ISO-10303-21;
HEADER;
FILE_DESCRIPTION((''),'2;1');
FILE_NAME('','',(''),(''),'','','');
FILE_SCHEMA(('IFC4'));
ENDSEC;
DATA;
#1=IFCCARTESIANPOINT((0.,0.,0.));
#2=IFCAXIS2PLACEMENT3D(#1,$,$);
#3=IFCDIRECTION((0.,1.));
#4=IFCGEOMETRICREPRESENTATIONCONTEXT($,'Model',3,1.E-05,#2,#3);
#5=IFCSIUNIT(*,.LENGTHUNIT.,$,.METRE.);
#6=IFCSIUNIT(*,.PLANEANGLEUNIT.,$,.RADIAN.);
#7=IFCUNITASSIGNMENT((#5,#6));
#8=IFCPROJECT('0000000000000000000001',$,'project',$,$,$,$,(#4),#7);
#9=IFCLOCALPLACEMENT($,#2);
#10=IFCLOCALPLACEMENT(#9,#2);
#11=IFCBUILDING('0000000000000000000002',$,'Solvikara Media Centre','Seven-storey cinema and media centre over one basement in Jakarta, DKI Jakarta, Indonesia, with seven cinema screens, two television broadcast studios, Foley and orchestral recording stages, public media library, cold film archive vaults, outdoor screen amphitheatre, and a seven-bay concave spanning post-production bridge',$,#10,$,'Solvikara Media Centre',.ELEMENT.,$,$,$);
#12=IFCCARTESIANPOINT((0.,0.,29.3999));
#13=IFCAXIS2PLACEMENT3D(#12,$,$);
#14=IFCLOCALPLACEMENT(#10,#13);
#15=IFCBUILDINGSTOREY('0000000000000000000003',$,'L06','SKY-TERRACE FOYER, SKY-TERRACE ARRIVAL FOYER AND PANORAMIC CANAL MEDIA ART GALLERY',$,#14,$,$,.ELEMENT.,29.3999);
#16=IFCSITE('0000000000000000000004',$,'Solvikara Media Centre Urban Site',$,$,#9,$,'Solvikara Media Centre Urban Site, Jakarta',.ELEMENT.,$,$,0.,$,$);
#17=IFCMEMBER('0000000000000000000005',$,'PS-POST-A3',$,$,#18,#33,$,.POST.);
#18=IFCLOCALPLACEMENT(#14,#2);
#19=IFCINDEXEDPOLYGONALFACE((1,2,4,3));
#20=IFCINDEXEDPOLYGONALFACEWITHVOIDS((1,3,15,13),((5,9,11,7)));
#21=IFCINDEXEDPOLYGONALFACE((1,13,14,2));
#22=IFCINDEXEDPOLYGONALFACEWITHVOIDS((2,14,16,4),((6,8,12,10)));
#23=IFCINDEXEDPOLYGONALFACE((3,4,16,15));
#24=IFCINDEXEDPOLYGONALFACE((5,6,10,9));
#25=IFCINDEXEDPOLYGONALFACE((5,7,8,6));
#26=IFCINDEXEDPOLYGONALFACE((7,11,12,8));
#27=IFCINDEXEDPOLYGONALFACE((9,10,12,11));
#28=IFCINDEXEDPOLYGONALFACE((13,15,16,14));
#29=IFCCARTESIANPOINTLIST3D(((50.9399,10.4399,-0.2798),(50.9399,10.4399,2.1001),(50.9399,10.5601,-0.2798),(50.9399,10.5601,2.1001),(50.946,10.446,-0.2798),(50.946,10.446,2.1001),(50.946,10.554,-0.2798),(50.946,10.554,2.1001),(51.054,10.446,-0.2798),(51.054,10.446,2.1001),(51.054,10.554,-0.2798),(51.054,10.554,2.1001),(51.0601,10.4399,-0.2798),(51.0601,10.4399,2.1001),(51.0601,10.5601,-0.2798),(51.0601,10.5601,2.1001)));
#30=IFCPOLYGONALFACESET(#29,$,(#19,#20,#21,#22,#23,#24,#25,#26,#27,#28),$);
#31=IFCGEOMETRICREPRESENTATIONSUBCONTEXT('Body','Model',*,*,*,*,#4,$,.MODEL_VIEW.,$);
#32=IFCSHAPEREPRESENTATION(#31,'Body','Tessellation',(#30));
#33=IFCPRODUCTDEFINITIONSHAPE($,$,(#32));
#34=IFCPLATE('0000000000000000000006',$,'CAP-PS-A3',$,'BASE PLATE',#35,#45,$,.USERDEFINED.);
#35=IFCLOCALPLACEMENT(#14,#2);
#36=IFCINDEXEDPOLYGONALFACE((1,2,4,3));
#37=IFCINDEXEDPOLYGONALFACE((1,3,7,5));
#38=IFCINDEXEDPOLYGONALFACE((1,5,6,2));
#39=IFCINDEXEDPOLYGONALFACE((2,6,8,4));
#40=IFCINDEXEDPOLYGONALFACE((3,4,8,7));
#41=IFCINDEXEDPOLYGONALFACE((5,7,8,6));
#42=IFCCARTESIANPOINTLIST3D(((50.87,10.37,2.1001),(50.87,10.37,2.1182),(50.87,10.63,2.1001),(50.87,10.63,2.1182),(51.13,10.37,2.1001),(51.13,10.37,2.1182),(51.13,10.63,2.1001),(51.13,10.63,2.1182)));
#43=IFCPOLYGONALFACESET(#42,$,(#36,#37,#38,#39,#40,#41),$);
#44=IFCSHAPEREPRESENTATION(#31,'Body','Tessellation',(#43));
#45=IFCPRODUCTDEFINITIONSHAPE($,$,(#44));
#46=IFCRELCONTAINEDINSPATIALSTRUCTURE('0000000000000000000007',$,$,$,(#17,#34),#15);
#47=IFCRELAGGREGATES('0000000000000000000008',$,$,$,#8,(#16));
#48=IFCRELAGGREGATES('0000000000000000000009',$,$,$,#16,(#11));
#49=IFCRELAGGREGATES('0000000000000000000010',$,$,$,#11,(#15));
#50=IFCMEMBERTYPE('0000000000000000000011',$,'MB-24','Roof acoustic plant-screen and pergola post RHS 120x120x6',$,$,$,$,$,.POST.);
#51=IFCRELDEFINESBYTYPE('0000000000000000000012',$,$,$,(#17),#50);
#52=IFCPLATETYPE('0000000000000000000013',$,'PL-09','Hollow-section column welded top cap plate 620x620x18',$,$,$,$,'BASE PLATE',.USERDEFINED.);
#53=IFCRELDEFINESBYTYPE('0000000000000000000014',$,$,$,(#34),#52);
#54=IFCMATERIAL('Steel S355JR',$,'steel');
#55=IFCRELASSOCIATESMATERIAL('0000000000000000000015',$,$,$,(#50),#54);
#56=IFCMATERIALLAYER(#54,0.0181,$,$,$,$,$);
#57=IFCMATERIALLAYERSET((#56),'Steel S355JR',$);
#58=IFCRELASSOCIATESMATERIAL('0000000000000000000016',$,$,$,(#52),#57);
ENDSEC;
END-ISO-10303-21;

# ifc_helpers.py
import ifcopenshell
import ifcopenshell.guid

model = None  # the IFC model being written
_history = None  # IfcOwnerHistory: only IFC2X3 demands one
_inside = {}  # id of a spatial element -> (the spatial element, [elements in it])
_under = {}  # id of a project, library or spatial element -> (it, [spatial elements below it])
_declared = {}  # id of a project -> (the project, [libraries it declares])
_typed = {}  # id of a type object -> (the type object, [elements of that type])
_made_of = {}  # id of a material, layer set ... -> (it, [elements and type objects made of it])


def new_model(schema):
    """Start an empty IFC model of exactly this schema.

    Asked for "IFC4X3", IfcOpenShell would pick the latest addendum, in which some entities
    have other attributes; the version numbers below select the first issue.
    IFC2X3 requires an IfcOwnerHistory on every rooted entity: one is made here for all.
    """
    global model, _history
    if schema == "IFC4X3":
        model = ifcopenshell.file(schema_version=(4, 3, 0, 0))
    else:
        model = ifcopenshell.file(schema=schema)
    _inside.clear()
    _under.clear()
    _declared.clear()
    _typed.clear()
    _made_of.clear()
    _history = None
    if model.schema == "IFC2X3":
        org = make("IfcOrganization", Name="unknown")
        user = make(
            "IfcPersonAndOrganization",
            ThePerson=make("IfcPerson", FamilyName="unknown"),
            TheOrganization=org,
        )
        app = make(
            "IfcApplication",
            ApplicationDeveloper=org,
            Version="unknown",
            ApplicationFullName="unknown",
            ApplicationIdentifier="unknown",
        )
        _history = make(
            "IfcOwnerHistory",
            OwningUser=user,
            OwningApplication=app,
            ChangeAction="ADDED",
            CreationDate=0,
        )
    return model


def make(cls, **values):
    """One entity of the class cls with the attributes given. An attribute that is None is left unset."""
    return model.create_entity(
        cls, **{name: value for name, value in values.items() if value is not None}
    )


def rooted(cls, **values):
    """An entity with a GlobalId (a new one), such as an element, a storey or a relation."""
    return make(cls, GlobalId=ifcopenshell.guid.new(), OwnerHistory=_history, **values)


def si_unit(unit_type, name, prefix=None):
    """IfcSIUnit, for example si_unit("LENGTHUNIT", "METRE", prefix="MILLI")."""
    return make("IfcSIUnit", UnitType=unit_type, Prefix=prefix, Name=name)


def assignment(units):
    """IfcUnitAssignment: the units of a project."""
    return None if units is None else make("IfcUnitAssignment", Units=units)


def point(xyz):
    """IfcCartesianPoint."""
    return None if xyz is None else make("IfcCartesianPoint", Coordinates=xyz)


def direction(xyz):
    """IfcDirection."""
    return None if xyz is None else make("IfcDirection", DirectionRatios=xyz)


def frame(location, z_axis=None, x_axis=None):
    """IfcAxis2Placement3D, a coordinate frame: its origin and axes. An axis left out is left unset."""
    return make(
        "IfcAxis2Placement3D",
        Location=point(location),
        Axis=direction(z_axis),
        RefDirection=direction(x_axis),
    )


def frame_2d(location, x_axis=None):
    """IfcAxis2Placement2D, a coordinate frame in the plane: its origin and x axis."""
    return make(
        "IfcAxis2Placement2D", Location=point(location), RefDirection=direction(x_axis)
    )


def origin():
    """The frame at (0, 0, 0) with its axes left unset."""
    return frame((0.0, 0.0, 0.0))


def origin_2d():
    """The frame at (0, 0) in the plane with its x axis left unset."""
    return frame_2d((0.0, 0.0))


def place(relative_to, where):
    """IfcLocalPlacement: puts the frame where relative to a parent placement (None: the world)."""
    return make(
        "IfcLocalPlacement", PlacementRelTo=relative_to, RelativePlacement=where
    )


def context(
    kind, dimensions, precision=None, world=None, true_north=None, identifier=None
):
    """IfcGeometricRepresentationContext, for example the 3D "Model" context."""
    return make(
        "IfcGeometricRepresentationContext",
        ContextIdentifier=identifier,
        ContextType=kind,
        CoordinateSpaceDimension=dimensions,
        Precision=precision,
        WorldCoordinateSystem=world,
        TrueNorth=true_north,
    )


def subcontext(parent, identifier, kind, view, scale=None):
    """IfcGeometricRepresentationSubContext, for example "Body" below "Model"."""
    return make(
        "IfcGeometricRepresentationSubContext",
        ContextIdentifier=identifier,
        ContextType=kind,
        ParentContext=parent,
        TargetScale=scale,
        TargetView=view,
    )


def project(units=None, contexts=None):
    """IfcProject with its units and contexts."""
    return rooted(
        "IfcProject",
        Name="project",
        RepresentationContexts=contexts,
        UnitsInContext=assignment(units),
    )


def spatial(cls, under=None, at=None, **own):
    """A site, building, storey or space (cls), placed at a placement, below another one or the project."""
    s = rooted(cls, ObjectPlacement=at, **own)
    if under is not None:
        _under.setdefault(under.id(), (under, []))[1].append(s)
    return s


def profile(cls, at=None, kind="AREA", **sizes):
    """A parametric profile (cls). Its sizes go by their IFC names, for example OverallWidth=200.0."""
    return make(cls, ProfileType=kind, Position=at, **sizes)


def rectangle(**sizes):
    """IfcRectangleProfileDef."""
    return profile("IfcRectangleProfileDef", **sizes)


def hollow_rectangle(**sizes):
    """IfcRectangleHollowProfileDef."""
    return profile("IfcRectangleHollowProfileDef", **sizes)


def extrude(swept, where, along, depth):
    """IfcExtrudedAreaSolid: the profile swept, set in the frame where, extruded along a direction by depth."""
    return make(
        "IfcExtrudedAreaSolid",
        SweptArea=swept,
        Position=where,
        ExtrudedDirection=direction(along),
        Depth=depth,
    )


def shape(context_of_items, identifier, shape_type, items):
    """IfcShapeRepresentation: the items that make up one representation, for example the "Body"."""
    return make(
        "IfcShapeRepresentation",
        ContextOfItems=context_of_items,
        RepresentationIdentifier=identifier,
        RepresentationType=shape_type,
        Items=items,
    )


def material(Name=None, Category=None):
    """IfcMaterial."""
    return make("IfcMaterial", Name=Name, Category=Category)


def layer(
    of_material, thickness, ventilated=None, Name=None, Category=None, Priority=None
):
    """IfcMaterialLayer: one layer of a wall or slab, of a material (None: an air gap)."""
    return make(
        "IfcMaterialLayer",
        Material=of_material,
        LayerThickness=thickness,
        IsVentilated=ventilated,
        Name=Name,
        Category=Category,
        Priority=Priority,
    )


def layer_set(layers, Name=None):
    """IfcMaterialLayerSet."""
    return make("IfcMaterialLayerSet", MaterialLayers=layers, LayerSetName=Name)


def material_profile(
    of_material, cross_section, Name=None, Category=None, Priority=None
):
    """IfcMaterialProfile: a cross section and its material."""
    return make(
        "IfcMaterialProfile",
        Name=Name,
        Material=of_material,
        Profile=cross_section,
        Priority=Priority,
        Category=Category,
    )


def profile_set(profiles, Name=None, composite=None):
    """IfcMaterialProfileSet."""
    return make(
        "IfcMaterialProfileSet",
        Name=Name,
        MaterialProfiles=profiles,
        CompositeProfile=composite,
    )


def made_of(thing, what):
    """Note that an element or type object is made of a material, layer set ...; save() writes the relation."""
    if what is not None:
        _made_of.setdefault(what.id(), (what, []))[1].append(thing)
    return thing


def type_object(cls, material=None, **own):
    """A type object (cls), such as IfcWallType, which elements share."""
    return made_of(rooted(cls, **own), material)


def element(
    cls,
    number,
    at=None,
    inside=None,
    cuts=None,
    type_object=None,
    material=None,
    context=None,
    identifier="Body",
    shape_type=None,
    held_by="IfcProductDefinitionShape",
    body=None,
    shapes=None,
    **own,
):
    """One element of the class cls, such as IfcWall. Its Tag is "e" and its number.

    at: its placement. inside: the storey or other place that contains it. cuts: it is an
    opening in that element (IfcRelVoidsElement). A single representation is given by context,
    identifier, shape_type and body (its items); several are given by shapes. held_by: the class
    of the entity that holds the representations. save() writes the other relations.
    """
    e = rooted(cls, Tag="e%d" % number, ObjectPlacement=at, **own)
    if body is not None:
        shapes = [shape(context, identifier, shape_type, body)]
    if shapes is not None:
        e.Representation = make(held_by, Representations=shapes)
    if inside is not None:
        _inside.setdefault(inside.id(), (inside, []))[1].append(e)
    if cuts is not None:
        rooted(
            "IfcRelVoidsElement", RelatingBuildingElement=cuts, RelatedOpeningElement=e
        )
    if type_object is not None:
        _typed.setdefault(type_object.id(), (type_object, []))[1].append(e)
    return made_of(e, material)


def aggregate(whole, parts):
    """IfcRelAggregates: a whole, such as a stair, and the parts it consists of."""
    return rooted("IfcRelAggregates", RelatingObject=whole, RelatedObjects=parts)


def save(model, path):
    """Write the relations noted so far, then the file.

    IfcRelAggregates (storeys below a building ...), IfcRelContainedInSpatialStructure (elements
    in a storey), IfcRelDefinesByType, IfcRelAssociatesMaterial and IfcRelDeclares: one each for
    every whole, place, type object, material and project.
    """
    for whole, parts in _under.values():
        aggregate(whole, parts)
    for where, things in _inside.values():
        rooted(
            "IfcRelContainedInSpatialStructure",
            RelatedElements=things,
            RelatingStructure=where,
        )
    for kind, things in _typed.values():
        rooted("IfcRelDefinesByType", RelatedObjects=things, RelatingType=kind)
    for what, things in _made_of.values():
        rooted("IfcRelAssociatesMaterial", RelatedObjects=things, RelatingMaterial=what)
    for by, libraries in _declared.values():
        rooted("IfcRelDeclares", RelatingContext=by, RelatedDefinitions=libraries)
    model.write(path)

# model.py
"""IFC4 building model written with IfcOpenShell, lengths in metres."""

from ifc_helpers import new_model, si_unit, direction, frame, origin, origin_2d, place, context, subcontext, project, spatial, rectangle, hollow_rectangle, extrude, material, layer, layer_set, material_profile, profile_set, type_object, element, save


model = new_model("IFC4")

# Units and contexts
model_context = context("Model", 3, precision=1e-05, world=origin(), true_north=direction((0.0, 1.0)))
body_context = subcontext(model_context, "Body", "Model", "MODEL_VIEW")
ifc_project = project(units=[si_unit("LENGTHUNIT", "METRE"), si_unit("PLANEANGLEUNIT", "RADIAN")], contexts=[model_context])

# Site, building, storey
site_placement = place(None, origin())
site = spatial("IfcSite", under=ifc_project, at=site_placement, Name="Solvikara Media Centre Urban Site", LongName="Solvikara Media Centre Urban Site, Jakarta", CompositionType="ELEMENT", RefElevation=0.0)
building_placement = place(site_placement, origin())
building = spatial("IfcBuilding", under=site, at=building_placement, Name="Solvikara Media Centre", Description="Seven-storey cinema and media centre over one basement in Jakarta, DKI Jakarta, Indonesia, with seven cinema screens, two television broadcast studios, Foley and orchestral recording stages, public media library, cold film archive vaults, outdoor screen amphitheatre, and a seven-bay concave spanning post-production bridge", LongName="Solvikara Media Centre", CompositionType="ELEMENT")
storey_placement = place(building_placement, frame((0.0, 0.0, 29.3999)))
storey = spatial("IfcBuildingStorey", under=building, at=storey_placement, Name="L06", Description="SKY-TERRACE FOYER, SKY-TERRACE ARRIVAL FOYER AND PANORAMIC CANAL MEDIA ART GALLERY", CompositionType="ELEMENT", Elevation=29.3999)

# Shared definitions
ifc_material = material(Name="Steel S355JR", Category="steel")

# Member
ifc_material_profile_1 = material_profile(ifc_material, hollow_rectangle(XDim=0.1201, YDim=0.1201, WallThickness=0.0061, at=origin_2d()), Name="RHS 120x120x6")
ifc_profile_set_1 = profile_set([ifc_material_profile_1], Name="Steel S355JR")
member_type_1 = type_object("IfcMemberType", Name="MB-24", Description="Roof acoustic plant-screen and pergola post RHS 120x120x6", PredefinedType="POST", material=ifc_profile_set_1)
member_1_placement = place(storey_placement, frame((51.0, 10.5, -0.2798), z_axis=(0.0, 0.0, 1.0), x_axis=(1.0, 0.0, 0.0)))
element("IfcMember", 1, at=member_1_placement, inside=storey, type_object=member_type_1, Name="PS-POST-A3", PredefinedType="POST", context=body_context, shape_type="SweptSolid", body=[
    extrude(hollow_rectangle(XDim=0.1201, YDim=0.1201, WallThickness=0.0061, at=origin_2d()), origin(), (0.0, 0.0, 1.0), 2.3799),
])

# Plate
ifc_layer = layer(ifc_material, 0.0181)
ifc_layer_set = layer_set([ifc_layer], Name="Steel S355JR")
plate_type = type_object("IfcPlateType", Name="PL-09", Description="Hollow-section column welded top cap plate 620x620x18", ElementType="BASE PLATE", PredefinedType="USERDEFINED", material=ifc_layer_set)
plate_placement = place(storey_placement, frame((51.0, 10.5, 2.1001), z_axis=(0.0, 0.0, 1.0), x_axis=(1.0, 0.0, 0.0)))
element("IfcPlate", 2, at=plate_placement, inside=storey, type_object=plate_type, Name="CAP-PS-A3", ObjectType="BASE PLATE", PredefinedType="USERDEFINED", context=body_context, shape_type="SweptSolid", body=[
    extrude(rectangle(XDim=0.26, YDim=0.26, at=origin_2d()), origin(), (0.0, 0.0, 1.0), 0.0181),
])

save(model, "model.ifc")
